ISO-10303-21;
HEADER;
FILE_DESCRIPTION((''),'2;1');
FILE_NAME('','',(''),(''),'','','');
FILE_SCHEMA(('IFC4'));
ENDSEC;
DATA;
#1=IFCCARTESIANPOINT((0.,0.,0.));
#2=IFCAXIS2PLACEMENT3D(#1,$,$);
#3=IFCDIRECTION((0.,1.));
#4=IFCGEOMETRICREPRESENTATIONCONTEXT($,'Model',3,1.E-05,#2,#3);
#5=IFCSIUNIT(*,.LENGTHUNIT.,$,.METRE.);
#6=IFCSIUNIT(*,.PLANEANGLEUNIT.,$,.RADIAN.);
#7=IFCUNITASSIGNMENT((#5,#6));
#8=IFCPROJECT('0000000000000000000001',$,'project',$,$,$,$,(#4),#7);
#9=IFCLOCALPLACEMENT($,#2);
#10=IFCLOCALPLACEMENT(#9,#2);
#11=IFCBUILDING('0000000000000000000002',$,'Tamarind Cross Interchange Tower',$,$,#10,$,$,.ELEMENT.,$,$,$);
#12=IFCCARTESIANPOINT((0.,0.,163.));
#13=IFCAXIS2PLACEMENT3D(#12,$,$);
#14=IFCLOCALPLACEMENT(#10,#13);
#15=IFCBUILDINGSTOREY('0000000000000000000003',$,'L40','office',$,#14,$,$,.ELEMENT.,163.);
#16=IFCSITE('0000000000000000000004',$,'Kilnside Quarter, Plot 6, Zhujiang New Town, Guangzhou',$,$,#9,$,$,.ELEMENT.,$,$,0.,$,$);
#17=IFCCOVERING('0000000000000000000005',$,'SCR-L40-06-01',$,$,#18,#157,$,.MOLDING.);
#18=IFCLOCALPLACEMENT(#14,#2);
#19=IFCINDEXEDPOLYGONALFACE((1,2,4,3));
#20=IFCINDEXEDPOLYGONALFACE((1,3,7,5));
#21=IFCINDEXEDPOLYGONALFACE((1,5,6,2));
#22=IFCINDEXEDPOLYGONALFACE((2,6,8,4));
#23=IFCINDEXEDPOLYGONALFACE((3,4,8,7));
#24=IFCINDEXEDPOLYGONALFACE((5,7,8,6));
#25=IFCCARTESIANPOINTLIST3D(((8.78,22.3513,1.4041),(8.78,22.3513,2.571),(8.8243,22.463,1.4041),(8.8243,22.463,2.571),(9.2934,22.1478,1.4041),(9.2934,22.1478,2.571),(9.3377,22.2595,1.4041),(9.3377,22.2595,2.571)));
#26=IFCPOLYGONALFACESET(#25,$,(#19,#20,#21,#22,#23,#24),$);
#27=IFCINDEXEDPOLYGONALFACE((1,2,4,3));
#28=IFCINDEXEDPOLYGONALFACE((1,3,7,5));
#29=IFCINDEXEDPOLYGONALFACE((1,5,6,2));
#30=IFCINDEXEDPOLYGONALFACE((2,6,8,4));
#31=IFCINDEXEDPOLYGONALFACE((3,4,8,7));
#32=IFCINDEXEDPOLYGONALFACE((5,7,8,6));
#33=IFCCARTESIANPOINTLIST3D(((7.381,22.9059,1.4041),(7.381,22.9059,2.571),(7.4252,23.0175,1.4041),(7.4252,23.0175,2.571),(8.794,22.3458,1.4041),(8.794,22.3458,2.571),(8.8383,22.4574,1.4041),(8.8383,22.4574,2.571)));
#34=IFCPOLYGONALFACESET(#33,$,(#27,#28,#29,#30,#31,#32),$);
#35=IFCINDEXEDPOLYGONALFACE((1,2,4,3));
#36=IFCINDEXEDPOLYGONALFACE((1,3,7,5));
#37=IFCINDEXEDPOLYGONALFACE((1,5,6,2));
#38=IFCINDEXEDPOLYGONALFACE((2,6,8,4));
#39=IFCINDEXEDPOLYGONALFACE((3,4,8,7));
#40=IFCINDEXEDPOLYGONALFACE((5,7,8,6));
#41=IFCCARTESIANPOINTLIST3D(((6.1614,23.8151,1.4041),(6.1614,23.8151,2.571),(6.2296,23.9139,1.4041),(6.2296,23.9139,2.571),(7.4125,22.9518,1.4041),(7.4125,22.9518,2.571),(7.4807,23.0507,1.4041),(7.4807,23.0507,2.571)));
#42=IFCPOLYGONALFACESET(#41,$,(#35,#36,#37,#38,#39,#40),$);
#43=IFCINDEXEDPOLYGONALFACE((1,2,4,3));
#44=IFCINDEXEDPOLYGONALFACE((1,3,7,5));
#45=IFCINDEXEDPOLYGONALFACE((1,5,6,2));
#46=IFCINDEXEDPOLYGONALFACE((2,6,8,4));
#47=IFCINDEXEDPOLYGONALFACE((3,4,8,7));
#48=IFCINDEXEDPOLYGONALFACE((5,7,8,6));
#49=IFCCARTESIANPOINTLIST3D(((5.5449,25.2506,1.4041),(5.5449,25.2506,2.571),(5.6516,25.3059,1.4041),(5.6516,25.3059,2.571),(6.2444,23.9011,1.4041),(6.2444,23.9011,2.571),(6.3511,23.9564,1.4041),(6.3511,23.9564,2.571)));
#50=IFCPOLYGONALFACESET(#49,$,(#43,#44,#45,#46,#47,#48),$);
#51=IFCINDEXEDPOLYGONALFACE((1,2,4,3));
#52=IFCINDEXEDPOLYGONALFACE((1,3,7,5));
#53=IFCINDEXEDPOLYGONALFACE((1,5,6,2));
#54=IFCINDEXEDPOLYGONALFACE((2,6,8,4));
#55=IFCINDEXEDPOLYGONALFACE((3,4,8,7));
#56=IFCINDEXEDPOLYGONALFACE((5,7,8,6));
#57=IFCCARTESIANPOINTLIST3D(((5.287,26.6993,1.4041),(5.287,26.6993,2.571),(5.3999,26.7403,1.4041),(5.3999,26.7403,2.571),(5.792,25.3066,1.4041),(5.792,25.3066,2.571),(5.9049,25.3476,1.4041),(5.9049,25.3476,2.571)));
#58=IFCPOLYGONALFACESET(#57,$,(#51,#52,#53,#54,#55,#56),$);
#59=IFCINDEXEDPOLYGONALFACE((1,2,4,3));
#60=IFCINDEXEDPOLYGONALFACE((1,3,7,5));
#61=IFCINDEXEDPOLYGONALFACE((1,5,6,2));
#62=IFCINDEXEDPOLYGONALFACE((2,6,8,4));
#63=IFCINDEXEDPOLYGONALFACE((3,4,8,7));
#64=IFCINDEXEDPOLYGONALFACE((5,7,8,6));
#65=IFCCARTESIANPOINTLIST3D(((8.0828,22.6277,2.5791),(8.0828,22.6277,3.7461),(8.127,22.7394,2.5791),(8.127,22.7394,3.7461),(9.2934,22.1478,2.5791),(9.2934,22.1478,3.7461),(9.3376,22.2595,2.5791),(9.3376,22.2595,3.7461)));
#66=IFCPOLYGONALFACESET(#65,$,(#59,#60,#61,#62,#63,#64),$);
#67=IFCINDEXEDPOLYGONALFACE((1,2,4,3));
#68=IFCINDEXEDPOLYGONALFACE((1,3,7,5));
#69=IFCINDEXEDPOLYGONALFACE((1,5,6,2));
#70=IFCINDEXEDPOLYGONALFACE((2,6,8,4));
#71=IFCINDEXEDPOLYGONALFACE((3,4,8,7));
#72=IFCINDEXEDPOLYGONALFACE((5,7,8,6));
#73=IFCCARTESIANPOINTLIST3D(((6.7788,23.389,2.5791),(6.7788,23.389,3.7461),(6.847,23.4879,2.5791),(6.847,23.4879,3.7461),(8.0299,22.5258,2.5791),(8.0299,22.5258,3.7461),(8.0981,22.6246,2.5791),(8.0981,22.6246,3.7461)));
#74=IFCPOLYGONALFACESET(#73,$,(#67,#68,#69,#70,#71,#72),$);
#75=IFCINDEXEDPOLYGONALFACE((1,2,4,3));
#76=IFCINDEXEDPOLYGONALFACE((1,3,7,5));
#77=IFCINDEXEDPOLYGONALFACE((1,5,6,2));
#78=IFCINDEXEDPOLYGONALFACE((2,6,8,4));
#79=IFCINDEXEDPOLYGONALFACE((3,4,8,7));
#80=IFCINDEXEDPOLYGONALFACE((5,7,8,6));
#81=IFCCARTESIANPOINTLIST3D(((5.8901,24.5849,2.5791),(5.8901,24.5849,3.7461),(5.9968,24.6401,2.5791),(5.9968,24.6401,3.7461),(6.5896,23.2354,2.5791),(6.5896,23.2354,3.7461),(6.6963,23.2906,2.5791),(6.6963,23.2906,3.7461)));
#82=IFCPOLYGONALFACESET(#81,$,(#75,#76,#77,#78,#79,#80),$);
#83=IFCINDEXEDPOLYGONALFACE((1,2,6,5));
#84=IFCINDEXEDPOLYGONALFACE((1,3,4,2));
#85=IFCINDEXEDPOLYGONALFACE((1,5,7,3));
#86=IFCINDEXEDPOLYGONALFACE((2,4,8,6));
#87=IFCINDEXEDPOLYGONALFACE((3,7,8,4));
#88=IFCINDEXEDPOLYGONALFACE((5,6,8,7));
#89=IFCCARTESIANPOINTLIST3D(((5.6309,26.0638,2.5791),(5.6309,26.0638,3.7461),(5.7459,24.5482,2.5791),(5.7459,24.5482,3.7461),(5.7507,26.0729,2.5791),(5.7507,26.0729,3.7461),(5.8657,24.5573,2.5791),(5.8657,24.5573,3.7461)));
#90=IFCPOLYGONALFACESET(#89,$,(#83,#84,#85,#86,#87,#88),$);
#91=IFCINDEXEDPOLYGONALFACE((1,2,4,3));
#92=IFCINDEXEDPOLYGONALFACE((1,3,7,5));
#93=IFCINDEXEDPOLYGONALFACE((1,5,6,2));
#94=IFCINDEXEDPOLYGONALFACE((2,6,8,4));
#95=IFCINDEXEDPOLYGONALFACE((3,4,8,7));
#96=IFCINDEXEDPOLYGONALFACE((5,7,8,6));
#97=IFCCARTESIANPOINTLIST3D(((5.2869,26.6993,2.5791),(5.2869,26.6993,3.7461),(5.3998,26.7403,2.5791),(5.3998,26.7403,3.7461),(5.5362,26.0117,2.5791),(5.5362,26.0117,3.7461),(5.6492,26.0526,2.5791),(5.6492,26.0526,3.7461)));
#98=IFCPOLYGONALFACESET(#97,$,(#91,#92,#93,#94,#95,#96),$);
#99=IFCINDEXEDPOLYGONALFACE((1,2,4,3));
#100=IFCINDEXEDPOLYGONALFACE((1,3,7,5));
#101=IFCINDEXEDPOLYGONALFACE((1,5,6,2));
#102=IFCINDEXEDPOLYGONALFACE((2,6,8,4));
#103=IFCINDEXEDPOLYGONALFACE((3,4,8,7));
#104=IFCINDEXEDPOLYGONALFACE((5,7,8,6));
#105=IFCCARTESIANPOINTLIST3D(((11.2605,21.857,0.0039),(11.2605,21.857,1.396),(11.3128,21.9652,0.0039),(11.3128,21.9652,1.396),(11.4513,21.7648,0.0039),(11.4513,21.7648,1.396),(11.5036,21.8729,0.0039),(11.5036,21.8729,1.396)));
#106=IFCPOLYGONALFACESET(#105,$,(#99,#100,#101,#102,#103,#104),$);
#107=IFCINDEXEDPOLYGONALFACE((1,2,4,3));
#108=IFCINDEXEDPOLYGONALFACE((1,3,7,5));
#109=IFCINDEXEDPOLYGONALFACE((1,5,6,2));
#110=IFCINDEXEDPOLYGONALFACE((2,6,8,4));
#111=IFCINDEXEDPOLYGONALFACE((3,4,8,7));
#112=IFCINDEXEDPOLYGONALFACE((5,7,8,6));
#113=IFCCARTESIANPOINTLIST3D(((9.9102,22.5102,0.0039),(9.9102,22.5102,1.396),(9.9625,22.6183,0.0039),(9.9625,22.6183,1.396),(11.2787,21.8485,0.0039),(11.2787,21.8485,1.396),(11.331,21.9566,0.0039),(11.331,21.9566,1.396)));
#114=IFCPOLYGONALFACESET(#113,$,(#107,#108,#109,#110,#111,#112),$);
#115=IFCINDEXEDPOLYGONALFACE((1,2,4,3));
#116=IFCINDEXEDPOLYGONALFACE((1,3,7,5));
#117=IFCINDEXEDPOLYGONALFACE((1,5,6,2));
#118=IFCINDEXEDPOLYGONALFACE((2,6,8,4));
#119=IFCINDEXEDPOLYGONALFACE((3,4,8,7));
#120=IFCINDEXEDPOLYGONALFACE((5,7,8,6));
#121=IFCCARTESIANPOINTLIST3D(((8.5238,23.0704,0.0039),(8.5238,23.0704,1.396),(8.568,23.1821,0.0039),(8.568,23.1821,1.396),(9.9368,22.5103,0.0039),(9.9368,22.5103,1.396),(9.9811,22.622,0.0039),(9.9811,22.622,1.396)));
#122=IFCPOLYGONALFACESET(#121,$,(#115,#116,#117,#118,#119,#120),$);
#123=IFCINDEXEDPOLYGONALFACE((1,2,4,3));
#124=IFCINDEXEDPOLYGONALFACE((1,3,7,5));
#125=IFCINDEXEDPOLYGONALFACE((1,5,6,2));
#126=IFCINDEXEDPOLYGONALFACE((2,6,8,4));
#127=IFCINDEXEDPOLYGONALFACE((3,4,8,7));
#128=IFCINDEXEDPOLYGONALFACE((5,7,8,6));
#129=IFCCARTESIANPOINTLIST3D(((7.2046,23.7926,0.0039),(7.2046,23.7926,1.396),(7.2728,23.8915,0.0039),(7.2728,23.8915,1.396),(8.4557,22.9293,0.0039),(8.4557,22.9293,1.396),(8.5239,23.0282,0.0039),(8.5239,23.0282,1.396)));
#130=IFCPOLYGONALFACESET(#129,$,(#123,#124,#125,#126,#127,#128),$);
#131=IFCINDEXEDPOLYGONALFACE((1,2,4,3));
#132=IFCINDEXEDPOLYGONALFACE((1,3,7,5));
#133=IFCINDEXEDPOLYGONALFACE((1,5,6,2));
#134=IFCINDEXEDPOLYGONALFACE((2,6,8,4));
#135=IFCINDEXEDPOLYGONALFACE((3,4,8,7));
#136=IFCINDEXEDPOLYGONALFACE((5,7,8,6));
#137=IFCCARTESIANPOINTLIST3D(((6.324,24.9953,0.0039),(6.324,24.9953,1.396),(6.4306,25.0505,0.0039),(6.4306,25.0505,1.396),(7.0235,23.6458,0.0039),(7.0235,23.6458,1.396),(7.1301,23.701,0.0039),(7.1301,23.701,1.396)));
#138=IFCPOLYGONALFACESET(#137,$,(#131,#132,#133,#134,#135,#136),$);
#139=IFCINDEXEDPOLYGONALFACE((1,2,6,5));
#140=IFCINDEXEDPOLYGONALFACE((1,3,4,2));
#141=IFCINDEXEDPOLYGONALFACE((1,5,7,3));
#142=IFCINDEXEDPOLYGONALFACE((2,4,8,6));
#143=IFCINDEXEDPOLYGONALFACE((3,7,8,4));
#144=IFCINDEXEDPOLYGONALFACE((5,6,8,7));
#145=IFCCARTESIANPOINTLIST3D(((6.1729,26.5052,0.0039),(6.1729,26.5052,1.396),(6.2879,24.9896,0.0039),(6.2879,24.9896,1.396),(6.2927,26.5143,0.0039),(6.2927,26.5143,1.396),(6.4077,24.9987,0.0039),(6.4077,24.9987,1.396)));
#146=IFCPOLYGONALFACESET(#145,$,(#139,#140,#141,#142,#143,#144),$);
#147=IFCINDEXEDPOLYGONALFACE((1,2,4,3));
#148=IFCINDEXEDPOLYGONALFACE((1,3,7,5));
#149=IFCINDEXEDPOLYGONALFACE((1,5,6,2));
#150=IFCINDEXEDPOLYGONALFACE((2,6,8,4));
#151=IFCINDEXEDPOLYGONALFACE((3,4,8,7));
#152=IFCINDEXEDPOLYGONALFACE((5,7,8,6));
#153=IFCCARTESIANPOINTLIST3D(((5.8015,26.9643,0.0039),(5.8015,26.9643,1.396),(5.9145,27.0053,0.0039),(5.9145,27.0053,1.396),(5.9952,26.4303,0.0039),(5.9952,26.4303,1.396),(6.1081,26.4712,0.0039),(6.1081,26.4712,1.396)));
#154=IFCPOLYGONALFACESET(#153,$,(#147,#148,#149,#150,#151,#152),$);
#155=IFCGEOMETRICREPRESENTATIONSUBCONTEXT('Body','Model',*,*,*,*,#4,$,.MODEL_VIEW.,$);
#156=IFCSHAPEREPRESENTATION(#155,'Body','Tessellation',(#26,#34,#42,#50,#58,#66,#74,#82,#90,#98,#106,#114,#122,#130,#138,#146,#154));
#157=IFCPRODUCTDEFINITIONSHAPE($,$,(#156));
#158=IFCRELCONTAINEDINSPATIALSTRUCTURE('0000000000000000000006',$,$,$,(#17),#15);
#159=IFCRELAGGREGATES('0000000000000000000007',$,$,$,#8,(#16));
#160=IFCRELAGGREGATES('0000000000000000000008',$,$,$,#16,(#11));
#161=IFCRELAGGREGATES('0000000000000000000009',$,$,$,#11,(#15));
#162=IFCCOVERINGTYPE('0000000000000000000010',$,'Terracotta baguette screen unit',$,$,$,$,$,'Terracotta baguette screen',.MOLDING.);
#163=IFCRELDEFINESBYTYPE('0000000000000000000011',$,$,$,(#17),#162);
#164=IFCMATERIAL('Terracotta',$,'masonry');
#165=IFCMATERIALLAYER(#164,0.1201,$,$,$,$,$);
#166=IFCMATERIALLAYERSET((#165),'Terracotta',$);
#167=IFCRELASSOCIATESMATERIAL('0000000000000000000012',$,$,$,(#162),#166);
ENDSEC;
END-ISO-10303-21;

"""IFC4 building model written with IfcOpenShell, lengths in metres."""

from ifc_helpers import new_model, si_unit, direction, frame, origin, origin_2d, place, context, subcontext, project, spatial, rectangle, extrude, material, layer, layer_set, type_object, element, save


model = new_model("IFC4")

# Units and contexts
model_context = context("Model", 3, precision=1e-05, world=origin(), true_north=direction((0.0, 1.0)))
body_context = subcontext(model_context, "Body", "Model", "MODEL_VIEW")
ifc_project = project(units=[si_unit("LENGTHUNIT", "METRE"), si_unit("PLANEANGLEUNIT", "RADIAN")], contexts=[model_context])

# Site, building, storey
site_placement = place(None, origin())
site = spatial("IfcSite", under=ifc_project, at=site_placement, Name="Kilnside Quarter, Plot 6, Zhujiang New Town, Guangzhou", CompositionType="ELEMENT", RefElevation=0.0)
building_placement = place(site_placement, origin())
building = spatial("IfcBuilding", under=site, at=building_placement, Name="Tamarind Cross Interchange Tower", CompositionType="ELEMENT")
storey_placement = place(building_placement, frame((0.0, 0.0, 163.0)))
storey = spatial("IfcBuildingStorey", under=building, at=storey_placement, Name="L40", Description="office", CompositionType="ELEMENT", Elevation=163.0)

# Covering
ifc_material_1 = material(Name="Terracotta", Category="masonry")
ifc_layer_1 = layer(ifc_material_1, 0.1201)
ifc_layer_set_1 = layer_set([ifc_layer_1], Name="Terracotta")
covering_type = type_object("IfcCoveringType", Name="Terracotta baguette screen unit", ElementType="Terracotta baguette screen", PredefinedType="MOLDING", material=ifc_layer_set_1)
covering_1_placement = place(storey_placement, origin())
element("IfcCovering", 1, at=covering_1_placement, inside=storey, type_object=covering_type, Name="SCR-L40-06-01", PredefinedType="MOLDING", context=body_context, shape_type="SweptSolid", body=[
    extrude(rectangle(XDim=0.5522, YDim=0.1201, at=origin_2d()), frame((9.0588, 22.3054, 1.4041), z_axis=(0.0, 0.0, 1.0), x_axis=(-0.929639, 0.368473, 0.0)), (0.0, 0.0, 1.0), 1.167),
    extrude(rectangle(XDim=1.52, YDim=0.1201, at=origin_2d()), frame((8.1096, 22.6816, 1.4041), z_axis=(0.0, 0.0, 1.0), x_axis=(-0.929639, 0.368473, 0.0)), (0.0, 0.0, 1.0), 1.167),
    extrude(rectangle(XDim=1.52, YDim=0.1201, at=origin_2d()), frame((6.821, 23.4329, 1.4041), z_axis=(0.0, 0.0, 1.0), x_axis=(-0.823086, 0.567917, 0.0)), (0.0, 0.0, 1.0), 1.167),
    extrude(rectangle(XDim=1.52, YDim=0.1201, at=origin_2d()), frame((5.948, 24.6035, 1.4041), z_axis=(0.0, 0.0, 1.0), x_axis=(-0.460192, 0.88782, 0.0)), (0.0, 0.0, 1.0), 1.167),
    extrude(rectangle(XDim=1.4814, YDim=0.1201, at=origin_2d()), frame((5.5959, 26.0234, 1.4041), z_axis=(0.0, 0.0, 1.0), x_axis=(-0.340894, 0.940102, 0.0)), (0.0, 0.0, 1.0), 1.167),
    extrude(rectangle(XDim=1.3022, YDim=0.1201, at=origin_2d()), frame((8.7102, 22.4436, 2.5791), z_axis=(0.0, 0.0, 1.0), x_axis=(-0.929639, 0.368473, 0.0)), (0.0, 0.0, 1.0), 1.167),
    extrude(rectangle(XDim=1.52, YDim=0.1201, at=origin_2d()), frame((7.4385, 23.0068, 2.5791), z_axis=(0.0, 0.0, 1.0), x_axis=(-0.823086, 0.567917, 0.0)), (0.0, 0.0, 1.0), 1.167),
    extrude(rectangle(XDim=1.52, YDim=0.1201, at=origin_2d()), frame((6.2932, 23.9377, 2.5791), z_axis=(0.0, 0.0, 1.0), x_axis=(-0.460192, 0.88782, 0.0)), (0.0, 0.0, 1.0), 1.167),
    extrude(rectangle(XDim=1.52, YDim=0.1201, at=origin_2d()), frame((5.7483, 25.3105, 2.5791), z_axis=(0.0, 0.0, 1.0), x_axis=(-0.075666, 0.997133, 0.0)), (0.0, 0.0, 1.0), 1.167),
    extrude(rectangle(XDim=0.7314, YDim=0.1201, at=origin_2d()), frame((5.468, 26.376, 2.5791), z_axis=(0.0, 0.0, 1.0), x_axis=(-0.340894, 0.940102, 0.0)), (0.0, 0.0, 1.0), 1.167),
    extrude(rectangle(XDim=0.2119, YDim=0.1201, at=origin_2d()), frame((11.3821, 21.865, 0.0039), z_axis=(0.0, 0.0, 1.0), x_axis=(-0.900273, 0.435326, 0.0)), (0.0, 0.0, 1.0), 1.3921),
    extrude(rectangle(XDim=1.52, YDim=0.1201, at=origin_2d()), frame((10.6206, 22.2334, 0.0039), z_axis=(0.0, 0.0, 1.0), x_axis=(-0.900273, 0.435326, 0.0)), (0.0, 0.0, 1.0), 1.3921),
    extrude(rectangle(XDim=1.52, YDim=0.1201, at=origin_2d()), frame((9.2524, 22.8462, 0.0039), z_axis=(0.0, 0.0, 1.0), x_axis=(-0.929639, 0.368473, 0.0)), (0.0, 0.0, 1.0), 1.3921),
    extrude(rectangle(XDim=1.52, YDim=0.1201, at=origin_2d()), frame((7.8643, 23.4104, 0.0039), z_axis=(0.0, 0.0, 1.0), x_axis=(-0.823086, 0.567917, 0.0)), (0.0, 0.0, 1.0), 1.3921),
    extrude(rectangle(XDim=1.52, YDim=0.1201, at=origin_2d()), frame((6.7271, 24.3481, 0.0039), z_axis=(0.0, 0.0, 1.0), x_axis=(-0.460192, 0.88782, 0.0)), (0.0, 0.0, 1.0), 1.3921),
    extrude(rectangle(XDim=1.52, YDim=0.1201, at=origin_2d()), frame((6.2903, 25.752, 0.0039), z_axis=(0.0, 0.0, 1.0), x_axis=(-0.075666, 0.997133, 0.0)), (0.0, 0.0, 1.0), 1.3921),
    extrude(rectangle(XDim=0.5681, YDim=0.1201, at=origin_2d()), frame((5.9548, 26.7178, 0.0039), z_axis=(0.0, 0.0, 1.0), x_axis=(-0.340894, 0.940102, 0.0)), (0.0, 0.0, 1.0), 1.3921),
])

save(model, "model.ifc")
